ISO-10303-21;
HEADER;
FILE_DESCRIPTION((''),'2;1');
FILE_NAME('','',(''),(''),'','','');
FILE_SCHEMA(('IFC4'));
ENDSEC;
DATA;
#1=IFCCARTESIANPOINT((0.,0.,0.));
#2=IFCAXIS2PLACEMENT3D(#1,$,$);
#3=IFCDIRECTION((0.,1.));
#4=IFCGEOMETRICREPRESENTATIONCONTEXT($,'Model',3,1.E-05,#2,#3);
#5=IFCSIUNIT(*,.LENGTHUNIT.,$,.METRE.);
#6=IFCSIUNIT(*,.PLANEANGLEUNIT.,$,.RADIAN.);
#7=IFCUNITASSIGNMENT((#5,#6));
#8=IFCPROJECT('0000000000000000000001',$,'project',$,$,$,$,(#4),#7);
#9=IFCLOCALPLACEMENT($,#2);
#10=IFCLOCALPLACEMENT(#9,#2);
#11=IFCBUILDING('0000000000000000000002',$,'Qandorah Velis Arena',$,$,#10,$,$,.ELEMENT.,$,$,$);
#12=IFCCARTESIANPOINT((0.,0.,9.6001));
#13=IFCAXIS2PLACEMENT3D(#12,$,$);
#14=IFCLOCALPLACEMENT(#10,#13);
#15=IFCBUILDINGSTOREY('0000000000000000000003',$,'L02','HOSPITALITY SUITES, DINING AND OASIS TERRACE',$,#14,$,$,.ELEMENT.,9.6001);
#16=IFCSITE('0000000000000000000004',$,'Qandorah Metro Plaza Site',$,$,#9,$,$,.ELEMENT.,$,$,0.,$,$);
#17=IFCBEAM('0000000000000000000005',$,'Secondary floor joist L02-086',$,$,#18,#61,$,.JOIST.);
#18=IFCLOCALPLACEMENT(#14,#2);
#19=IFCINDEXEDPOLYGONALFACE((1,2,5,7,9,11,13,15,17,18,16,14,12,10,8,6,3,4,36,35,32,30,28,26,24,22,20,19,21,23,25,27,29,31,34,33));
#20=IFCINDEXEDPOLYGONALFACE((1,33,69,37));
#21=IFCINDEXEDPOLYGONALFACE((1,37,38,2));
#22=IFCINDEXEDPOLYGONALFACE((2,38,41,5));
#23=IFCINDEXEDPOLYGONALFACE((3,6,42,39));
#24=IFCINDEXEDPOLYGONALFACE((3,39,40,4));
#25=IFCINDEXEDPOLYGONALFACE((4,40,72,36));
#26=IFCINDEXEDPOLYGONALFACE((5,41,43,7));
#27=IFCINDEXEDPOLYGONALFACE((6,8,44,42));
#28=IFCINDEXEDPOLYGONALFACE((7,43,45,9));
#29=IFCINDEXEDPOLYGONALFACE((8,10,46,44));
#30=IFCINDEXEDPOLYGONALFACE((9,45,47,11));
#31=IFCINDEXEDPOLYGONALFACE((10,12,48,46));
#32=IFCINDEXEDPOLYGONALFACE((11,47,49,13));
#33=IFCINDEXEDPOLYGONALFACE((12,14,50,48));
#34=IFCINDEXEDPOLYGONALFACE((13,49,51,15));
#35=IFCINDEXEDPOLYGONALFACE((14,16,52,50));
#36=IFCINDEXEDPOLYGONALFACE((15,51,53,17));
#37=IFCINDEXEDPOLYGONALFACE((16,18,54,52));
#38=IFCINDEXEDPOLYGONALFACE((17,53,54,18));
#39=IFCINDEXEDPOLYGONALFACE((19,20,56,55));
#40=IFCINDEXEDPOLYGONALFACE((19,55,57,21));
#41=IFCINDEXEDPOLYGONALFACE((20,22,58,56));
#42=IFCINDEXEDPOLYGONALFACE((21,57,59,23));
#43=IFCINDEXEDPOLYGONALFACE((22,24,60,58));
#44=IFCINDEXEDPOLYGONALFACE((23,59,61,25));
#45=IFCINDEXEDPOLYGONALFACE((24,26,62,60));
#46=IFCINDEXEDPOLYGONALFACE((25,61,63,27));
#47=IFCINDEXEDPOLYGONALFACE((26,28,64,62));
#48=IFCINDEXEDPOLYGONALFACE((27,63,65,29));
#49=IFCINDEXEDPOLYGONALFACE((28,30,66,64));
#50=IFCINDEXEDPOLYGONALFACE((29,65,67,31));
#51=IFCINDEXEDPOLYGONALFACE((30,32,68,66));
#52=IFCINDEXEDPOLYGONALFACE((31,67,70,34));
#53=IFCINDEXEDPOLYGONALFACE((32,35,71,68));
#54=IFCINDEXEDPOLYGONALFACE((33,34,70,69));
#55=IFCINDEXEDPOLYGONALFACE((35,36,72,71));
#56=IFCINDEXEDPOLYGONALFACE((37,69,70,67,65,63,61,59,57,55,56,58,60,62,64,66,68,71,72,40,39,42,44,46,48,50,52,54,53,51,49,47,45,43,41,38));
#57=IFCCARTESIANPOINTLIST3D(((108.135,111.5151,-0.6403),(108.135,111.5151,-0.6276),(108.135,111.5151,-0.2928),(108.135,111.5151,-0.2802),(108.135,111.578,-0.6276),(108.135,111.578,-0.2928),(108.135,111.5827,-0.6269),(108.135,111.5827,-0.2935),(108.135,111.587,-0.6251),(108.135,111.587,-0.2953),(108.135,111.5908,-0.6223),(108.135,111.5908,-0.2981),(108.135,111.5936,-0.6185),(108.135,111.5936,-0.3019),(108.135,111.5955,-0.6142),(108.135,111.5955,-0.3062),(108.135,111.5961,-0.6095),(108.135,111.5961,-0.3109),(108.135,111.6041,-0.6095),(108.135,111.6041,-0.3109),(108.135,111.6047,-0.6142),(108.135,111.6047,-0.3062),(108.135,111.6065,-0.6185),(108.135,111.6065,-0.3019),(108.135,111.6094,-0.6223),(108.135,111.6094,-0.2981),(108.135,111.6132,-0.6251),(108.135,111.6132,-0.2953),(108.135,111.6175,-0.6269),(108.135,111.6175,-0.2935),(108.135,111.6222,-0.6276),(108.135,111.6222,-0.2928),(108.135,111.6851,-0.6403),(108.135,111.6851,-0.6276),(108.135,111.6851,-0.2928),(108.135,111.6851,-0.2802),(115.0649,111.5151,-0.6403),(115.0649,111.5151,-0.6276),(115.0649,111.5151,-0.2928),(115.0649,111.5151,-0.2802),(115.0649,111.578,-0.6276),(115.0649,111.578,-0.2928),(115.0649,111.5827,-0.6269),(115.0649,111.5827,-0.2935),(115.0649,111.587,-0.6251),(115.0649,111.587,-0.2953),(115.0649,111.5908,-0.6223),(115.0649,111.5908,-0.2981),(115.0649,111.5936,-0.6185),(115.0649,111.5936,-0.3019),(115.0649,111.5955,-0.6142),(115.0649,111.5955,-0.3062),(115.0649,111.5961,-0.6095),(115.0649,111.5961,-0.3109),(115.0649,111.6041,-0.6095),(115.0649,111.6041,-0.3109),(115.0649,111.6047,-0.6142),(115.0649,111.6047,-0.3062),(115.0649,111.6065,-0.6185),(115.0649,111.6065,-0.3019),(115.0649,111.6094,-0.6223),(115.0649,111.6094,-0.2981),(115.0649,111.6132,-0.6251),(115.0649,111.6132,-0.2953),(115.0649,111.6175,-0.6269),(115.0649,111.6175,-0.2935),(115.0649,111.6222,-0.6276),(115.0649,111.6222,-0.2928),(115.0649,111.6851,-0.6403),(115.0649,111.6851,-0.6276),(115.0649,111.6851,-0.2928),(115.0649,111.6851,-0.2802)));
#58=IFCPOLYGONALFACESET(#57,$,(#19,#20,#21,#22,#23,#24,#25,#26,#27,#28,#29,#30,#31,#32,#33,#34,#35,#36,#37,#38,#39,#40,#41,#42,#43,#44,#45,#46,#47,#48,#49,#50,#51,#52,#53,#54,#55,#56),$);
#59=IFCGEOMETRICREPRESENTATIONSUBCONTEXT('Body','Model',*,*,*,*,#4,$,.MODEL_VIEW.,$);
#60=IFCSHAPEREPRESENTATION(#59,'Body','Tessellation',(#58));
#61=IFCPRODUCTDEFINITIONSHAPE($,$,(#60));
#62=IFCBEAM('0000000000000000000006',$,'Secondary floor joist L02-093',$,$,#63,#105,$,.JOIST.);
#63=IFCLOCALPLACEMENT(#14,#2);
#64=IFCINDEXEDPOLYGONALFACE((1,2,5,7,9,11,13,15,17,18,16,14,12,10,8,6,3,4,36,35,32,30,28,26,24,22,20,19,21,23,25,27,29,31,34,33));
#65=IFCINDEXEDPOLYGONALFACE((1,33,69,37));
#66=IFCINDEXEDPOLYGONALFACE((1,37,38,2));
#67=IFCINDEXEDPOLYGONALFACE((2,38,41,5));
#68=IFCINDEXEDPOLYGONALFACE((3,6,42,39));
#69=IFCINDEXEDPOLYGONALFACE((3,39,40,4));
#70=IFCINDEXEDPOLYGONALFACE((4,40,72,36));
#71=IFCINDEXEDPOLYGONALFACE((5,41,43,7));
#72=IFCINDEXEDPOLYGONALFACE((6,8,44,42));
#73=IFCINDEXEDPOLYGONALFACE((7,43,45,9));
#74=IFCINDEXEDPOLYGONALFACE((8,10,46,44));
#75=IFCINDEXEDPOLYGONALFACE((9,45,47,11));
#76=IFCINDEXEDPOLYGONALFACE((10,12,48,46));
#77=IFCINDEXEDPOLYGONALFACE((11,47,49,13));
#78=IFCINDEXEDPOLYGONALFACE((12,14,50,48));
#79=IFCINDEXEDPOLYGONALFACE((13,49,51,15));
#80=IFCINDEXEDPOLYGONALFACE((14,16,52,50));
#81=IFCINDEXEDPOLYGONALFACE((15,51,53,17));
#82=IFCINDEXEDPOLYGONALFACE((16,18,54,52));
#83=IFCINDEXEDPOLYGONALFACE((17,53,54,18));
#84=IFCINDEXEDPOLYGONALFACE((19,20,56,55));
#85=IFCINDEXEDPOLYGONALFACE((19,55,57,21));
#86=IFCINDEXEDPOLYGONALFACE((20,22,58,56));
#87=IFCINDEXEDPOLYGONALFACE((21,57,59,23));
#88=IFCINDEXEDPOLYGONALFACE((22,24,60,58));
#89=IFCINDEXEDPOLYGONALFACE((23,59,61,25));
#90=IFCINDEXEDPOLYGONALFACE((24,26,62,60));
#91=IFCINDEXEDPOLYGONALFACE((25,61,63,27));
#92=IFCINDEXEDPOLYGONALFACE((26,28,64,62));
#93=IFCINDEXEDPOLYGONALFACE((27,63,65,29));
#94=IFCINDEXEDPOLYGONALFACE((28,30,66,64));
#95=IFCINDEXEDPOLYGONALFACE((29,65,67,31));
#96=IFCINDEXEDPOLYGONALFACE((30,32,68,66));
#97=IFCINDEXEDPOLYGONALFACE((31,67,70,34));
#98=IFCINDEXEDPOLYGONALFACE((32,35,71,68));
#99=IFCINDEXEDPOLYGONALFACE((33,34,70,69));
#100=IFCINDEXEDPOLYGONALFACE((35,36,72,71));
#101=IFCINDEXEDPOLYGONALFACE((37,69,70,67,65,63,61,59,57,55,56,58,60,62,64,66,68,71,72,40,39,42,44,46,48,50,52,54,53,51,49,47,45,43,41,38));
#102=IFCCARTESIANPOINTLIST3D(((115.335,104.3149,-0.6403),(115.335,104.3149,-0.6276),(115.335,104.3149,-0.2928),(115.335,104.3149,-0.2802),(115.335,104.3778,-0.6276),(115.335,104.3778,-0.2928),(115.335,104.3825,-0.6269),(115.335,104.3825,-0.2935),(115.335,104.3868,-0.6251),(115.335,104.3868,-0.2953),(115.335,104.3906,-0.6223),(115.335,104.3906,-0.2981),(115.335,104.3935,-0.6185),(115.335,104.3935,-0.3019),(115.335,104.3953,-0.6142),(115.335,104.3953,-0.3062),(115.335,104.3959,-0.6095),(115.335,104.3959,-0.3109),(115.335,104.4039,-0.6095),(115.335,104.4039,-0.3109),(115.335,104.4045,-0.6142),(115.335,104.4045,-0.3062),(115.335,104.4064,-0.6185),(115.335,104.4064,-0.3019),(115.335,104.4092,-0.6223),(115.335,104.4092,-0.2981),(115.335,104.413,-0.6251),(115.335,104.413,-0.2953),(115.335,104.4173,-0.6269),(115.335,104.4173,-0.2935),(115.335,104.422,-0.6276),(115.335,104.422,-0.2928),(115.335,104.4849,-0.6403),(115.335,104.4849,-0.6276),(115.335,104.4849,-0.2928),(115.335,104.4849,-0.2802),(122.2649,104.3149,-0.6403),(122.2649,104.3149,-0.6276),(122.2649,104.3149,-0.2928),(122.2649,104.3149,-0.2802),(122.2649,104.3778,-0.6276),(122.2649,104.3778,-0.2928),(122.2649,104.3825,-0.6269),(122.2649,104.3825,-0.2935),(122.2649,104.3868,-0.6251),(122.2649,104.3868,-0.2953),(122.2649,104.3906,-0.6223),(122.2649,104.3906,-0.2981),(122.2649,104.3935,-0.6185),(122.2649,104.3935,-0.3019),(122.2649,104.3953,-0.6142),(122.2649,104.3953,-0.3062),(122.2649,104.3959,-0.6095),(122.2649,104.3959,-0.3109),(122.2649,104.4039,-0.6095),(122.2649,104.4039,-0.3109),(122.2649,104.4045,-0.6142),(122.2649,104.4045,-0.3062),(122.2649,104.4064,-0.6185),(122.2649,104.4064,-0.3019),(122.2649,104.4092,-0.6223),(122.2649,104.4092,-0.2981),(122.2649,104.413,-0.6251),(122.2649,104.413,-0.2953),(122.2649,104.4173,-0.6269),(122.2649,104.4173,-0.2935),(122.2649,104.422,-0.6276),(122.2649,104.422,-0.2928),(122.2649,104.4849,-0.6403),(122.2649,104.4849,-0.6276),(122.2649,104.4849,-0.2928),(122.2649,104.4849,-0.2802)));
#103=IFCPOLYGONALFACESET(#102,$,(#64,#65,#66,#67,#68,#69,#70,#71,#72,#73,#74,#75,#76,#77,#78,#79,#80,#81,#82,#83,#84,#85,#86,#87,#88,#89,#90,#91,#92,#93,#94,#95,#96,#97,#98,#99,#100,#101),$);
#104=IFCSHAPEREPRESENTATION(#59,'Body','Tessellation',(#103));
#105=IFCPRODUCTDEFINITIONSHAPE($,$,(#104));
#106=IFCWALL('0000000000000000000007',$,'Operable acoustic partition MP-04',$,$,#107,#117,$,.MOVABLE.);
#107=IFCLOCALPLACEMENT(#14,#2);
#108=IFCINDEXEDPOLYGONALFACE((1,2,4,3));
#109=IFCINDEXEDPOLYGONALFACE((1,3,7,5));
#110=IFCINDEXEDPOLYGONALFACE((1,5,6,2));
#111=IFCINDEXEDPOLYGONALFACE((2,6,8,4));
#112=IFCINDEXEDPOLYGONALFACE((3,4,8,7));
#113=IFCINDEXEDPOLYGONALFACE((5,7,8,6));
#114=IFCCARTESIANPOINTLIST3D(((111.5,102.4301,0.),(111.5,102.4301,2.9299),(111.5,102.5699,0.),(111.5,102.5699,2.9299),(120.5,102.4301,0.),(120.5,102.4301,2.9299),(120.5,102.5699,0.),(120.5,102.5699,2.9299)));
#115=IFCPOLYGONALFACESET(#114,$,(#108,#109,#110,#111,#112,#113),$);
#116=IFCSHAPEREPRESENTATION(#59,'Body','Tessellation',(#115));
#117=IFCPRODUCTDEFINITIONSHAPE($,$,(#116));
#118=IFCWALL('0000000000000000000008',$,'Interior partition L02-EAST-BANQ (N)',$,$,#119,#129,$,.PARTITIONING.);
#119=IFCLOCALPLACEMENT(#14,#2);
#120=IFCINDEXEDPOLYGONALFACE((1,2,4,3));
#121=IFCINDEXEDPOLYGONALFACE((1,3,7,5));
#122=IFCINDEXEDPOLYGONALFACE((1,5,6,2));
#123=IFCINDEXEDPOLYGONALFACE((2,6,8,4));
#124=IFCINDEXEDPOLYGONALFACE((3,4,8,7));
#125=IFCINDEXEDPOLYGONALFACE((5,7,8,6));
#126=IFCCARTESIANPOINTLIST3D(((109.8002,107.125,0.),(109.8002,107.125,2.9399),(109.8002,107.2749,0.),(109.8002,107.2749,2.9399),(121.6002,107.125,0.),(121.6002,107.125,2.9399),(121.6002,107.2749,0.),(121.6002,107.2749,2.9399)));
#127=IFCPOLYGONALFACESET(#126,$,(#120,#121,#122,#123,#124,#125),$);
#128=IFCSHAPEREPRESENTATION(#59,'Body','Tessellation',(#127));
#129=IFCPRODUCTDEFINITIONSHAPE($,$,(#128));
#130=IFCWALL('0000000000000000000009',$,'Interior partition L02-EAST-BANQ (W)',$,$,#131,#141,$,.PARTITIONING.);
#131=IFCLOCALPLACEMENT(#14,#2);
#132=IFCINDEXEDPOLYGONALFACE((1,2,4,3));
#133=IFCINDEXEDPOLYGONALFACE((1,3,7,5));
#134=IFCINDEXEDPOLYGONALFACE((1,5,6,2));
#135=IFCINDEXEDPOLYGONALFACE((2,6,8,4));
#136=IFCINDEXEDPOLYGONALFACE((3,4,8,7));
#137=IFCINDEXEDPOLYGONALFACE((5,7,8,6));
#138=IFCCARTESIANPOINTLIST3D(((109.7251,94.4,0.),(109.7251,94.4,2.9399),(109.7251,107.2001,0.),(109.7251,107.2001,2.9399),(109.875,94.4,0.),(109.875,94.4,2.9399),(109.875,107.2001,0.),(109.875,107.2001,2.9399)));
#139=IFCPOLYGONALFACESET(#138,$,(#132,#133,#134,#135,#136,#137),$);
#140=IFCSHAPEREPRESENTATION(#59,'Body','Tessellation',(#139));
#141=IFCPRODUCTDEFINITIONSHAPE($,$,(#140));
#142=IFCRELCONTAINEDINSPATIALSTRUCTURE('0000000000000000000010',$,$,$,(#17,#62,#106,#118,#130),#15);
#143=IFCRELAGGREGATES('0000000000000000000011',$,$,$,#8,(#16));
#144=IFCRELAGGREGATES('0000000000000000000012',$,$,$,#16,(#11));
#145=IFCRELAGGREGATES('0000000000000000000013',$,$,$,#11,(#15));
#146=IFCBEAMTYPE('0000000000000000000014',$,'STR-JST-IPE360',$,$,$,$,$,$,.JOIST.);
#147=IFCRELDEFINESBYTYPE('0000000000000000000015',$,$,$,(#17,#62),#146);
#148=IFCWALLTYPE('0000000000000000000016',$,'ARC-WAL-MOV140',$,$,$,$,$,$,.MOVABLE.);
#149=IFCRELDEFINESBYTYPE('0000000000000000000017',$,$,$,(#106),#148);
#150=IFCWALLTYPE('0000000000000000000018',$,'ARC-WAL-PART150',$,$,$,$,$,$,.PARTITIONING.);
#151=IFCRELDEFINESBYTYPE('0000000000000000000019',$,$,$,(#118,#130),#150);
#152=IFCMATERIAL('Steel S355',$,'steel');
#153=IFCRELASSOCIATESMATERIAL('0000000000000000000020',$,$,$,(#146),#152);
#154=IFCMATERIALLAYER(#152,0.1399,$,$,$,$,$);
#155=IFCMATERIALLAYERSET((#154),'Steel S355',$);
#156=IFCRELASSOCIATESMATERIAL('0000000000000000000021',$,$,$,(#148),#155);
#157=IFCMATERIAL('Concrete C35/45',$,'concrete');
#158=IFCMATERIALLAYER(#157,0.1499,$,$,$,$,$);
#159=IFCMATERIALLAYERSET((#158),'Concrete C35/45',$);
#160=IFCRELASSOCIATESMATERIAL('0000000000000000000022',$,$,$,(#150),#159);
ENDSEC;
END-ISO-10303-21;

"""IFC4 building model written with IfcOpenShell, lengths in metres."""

from ifc_helpers import new_model, si_unit, direction, frame, frame_2d, origin, origin_2d, place, context, subcontext, project, spatial, rectangle, i_section, extrude, material, layer, layer_set, material_profile, profile_set, type_object, element, save


model = new_model("IFC4")

# Units and contexts
model_context = context("Model", 3, precision=1e-05, world=origin(), true_north=direction((0.0, 1.0)))
body_context = subcontext(model_context, "Body", "Model", "MODEL_VIEW")
ifc_project = project(units=[si_unit("LENGTHUNIT", "METRE"), si_unit("PLANEANGLEUNIT", "RADIAN")], contexts=[model_context])

# Site, building, storey
site_placement = place(None, origin())
site = spatial("IfcSite", under=ifc_project, at=site_placement, Name="Qandorah Metro Plaza Site", CompositionType="ELEMENT", RefElevation=0.0)
building_placement = place(site_placement, origin())
building = spatial("IfcBuilding", under=site, at=building_placement, Name="Qandorah Velis Arena", CompositionType="ELEMENT")
storey_placement = place(building_placement, frame((0.0, 0.0, 9.6001)))
storey = spatial("IfcBuildingStorey", under=building, at=storey_placement, Name="L02", Description="HOSPITALITY SUITES, DINING AND OASIS TERRACE", CompositionType="ELEMENT", Elevation=9.6001)

# Beams
ifc_material_1 = material(Name="Steel S355", Category="steel")
ifc_material_profile_1 = material_profile(ifc_material_1, i_section(OverallWidth=0.1699, OverallDepth=0.3601, WebThickness=0.0081, FlangeThickness=0.0127, FilletRadius=0.0181, at=origin_2d()), Name="IPE 360")
ifc_profile_set_1 = profile_set([ifc_material_profile_1], Name="Steel S355")
beam_type_1 = type_object("IfcBeamType", Name="STR-JST-IPE360", PredefinedType="JOIST", material=ifc_profile_set_1)
for number, where, z_axis, x_axis, name in (
    (1, (108.135, 111.6001, -0.4602), (1.0, 0.0, 0.0), (0.0, 1.0, 0.0), "Secondary floor joist L02-086"),
    (2, (115.335, 104.3999, -0.4602), (1.0, 0.0, 0.0), (0.0, 1.0, 0.0), "Secondary floor joist L02-093"),
):
    element("IfcBeam", number, at=place(storey_placement, frame(where, z_axis=z_axis, x_axis=x_axis)), inside=storey, type_object=beam_type_1, Name=name, PredefinedType="JOIST", context=body_context, shape_type="SweptSolid", body=[
        extrude(i_section(OverallWidth=0.1699, OverallDepth=0.3601, WebThickness=0.0081, FlangeThickness=0.0127, FilletRadius=0.0181, at=origin_2d()), origin(), (0.0, 0.0, 1.0), 6.9299),
    ])

# Walls
ifc_layer_1 = layer(ifc_material_1, 0.1399)
ifc_layer_set_1 = layer_set([ifc_layer_1], Name="Steel S355")
wall_type_1 = type_object("IfcWallType", Name="ARC-WAL-MOV140", PredefinedType="MOVABLE", material=ifc_layer_set_1)
wall_1_placement = place(storey_placement, frame((111.5, 102.5, 0.0), z_axis=(0.0, 0.0, 1.0), x_axis=(1.0, 0.0, 0.0)))
element("IfcWall", 3, at=wall_1_placement, inside=storey, type_object=wall_type_1, Name="Operable acoustic partition MP-04", PredefinedType="MOVABLE", context=body_context, shape_type="SweptSolid", body=[
    extrude(rectangle(XDim=9.0, YDim=0.1399, at=frame_2d((4.5, 0.0))), origin(), (0.0, 0.0, 1.0), 2.9299),
])
ifc_material_2 = material(Name="Concrete C35/45", Category="concrete")
ifc_layer_2 = layer(ifc_material_2, 0.1499)
ifc_layer_set_2 = layer_set([ifc_layer_2], Name="Concrete C35/45")
wall_type_2 = type_object("IfcWallType", Name="ARC-WAL-PART150", PredefinedType="PARTITIONING", material=ifc_layer_set_2)
wall_2_placement = place(storey_placement, frame((121.6001, 107.2, 0.0), z_axis=(0.0, 0.0, 1.0), x_axis=(-1.0, 0.0, 0.0)))
element("IfcWall", 4, at=wall_2_placement, inside=storey, type_object=wall_type_2, Name="Interior partition L02-EAST-BANQ (N)", PredefinedType="PARTITIONING", context=body_context, shape_type="SweptSolid", body=[
    extrude(rectangle(XDim=11.8, YDim=0.1499, at=frame_2d((5.8999, 0.0))), origin(), (0.0, 0.0, 1.0), 2.9399),
])
wall_3_placement = place(storey_placement, frame((109.8, 107.2, 0.0), z_axis=(0.0, 0.0, 1.0), x_axis=(0.0, -1.0, 0.0)))
element("IfcWall", 5, at=wall_3_placement, inside=storey, type_object=wall_type_2, Name="Interior partition L02-EAST-BANQ (W)", PredefinedType="PARTITIONING", context=body_context, shape_type="SweptSolid", body=[
    extrude(rectangle(XDim=12.8, YDim=0.1499, at=frame_2d((6.3999, 0.0))), origin(), (0.0, 0.0, 1.0), 2.9399),
])

save(model, "model.ifc")
